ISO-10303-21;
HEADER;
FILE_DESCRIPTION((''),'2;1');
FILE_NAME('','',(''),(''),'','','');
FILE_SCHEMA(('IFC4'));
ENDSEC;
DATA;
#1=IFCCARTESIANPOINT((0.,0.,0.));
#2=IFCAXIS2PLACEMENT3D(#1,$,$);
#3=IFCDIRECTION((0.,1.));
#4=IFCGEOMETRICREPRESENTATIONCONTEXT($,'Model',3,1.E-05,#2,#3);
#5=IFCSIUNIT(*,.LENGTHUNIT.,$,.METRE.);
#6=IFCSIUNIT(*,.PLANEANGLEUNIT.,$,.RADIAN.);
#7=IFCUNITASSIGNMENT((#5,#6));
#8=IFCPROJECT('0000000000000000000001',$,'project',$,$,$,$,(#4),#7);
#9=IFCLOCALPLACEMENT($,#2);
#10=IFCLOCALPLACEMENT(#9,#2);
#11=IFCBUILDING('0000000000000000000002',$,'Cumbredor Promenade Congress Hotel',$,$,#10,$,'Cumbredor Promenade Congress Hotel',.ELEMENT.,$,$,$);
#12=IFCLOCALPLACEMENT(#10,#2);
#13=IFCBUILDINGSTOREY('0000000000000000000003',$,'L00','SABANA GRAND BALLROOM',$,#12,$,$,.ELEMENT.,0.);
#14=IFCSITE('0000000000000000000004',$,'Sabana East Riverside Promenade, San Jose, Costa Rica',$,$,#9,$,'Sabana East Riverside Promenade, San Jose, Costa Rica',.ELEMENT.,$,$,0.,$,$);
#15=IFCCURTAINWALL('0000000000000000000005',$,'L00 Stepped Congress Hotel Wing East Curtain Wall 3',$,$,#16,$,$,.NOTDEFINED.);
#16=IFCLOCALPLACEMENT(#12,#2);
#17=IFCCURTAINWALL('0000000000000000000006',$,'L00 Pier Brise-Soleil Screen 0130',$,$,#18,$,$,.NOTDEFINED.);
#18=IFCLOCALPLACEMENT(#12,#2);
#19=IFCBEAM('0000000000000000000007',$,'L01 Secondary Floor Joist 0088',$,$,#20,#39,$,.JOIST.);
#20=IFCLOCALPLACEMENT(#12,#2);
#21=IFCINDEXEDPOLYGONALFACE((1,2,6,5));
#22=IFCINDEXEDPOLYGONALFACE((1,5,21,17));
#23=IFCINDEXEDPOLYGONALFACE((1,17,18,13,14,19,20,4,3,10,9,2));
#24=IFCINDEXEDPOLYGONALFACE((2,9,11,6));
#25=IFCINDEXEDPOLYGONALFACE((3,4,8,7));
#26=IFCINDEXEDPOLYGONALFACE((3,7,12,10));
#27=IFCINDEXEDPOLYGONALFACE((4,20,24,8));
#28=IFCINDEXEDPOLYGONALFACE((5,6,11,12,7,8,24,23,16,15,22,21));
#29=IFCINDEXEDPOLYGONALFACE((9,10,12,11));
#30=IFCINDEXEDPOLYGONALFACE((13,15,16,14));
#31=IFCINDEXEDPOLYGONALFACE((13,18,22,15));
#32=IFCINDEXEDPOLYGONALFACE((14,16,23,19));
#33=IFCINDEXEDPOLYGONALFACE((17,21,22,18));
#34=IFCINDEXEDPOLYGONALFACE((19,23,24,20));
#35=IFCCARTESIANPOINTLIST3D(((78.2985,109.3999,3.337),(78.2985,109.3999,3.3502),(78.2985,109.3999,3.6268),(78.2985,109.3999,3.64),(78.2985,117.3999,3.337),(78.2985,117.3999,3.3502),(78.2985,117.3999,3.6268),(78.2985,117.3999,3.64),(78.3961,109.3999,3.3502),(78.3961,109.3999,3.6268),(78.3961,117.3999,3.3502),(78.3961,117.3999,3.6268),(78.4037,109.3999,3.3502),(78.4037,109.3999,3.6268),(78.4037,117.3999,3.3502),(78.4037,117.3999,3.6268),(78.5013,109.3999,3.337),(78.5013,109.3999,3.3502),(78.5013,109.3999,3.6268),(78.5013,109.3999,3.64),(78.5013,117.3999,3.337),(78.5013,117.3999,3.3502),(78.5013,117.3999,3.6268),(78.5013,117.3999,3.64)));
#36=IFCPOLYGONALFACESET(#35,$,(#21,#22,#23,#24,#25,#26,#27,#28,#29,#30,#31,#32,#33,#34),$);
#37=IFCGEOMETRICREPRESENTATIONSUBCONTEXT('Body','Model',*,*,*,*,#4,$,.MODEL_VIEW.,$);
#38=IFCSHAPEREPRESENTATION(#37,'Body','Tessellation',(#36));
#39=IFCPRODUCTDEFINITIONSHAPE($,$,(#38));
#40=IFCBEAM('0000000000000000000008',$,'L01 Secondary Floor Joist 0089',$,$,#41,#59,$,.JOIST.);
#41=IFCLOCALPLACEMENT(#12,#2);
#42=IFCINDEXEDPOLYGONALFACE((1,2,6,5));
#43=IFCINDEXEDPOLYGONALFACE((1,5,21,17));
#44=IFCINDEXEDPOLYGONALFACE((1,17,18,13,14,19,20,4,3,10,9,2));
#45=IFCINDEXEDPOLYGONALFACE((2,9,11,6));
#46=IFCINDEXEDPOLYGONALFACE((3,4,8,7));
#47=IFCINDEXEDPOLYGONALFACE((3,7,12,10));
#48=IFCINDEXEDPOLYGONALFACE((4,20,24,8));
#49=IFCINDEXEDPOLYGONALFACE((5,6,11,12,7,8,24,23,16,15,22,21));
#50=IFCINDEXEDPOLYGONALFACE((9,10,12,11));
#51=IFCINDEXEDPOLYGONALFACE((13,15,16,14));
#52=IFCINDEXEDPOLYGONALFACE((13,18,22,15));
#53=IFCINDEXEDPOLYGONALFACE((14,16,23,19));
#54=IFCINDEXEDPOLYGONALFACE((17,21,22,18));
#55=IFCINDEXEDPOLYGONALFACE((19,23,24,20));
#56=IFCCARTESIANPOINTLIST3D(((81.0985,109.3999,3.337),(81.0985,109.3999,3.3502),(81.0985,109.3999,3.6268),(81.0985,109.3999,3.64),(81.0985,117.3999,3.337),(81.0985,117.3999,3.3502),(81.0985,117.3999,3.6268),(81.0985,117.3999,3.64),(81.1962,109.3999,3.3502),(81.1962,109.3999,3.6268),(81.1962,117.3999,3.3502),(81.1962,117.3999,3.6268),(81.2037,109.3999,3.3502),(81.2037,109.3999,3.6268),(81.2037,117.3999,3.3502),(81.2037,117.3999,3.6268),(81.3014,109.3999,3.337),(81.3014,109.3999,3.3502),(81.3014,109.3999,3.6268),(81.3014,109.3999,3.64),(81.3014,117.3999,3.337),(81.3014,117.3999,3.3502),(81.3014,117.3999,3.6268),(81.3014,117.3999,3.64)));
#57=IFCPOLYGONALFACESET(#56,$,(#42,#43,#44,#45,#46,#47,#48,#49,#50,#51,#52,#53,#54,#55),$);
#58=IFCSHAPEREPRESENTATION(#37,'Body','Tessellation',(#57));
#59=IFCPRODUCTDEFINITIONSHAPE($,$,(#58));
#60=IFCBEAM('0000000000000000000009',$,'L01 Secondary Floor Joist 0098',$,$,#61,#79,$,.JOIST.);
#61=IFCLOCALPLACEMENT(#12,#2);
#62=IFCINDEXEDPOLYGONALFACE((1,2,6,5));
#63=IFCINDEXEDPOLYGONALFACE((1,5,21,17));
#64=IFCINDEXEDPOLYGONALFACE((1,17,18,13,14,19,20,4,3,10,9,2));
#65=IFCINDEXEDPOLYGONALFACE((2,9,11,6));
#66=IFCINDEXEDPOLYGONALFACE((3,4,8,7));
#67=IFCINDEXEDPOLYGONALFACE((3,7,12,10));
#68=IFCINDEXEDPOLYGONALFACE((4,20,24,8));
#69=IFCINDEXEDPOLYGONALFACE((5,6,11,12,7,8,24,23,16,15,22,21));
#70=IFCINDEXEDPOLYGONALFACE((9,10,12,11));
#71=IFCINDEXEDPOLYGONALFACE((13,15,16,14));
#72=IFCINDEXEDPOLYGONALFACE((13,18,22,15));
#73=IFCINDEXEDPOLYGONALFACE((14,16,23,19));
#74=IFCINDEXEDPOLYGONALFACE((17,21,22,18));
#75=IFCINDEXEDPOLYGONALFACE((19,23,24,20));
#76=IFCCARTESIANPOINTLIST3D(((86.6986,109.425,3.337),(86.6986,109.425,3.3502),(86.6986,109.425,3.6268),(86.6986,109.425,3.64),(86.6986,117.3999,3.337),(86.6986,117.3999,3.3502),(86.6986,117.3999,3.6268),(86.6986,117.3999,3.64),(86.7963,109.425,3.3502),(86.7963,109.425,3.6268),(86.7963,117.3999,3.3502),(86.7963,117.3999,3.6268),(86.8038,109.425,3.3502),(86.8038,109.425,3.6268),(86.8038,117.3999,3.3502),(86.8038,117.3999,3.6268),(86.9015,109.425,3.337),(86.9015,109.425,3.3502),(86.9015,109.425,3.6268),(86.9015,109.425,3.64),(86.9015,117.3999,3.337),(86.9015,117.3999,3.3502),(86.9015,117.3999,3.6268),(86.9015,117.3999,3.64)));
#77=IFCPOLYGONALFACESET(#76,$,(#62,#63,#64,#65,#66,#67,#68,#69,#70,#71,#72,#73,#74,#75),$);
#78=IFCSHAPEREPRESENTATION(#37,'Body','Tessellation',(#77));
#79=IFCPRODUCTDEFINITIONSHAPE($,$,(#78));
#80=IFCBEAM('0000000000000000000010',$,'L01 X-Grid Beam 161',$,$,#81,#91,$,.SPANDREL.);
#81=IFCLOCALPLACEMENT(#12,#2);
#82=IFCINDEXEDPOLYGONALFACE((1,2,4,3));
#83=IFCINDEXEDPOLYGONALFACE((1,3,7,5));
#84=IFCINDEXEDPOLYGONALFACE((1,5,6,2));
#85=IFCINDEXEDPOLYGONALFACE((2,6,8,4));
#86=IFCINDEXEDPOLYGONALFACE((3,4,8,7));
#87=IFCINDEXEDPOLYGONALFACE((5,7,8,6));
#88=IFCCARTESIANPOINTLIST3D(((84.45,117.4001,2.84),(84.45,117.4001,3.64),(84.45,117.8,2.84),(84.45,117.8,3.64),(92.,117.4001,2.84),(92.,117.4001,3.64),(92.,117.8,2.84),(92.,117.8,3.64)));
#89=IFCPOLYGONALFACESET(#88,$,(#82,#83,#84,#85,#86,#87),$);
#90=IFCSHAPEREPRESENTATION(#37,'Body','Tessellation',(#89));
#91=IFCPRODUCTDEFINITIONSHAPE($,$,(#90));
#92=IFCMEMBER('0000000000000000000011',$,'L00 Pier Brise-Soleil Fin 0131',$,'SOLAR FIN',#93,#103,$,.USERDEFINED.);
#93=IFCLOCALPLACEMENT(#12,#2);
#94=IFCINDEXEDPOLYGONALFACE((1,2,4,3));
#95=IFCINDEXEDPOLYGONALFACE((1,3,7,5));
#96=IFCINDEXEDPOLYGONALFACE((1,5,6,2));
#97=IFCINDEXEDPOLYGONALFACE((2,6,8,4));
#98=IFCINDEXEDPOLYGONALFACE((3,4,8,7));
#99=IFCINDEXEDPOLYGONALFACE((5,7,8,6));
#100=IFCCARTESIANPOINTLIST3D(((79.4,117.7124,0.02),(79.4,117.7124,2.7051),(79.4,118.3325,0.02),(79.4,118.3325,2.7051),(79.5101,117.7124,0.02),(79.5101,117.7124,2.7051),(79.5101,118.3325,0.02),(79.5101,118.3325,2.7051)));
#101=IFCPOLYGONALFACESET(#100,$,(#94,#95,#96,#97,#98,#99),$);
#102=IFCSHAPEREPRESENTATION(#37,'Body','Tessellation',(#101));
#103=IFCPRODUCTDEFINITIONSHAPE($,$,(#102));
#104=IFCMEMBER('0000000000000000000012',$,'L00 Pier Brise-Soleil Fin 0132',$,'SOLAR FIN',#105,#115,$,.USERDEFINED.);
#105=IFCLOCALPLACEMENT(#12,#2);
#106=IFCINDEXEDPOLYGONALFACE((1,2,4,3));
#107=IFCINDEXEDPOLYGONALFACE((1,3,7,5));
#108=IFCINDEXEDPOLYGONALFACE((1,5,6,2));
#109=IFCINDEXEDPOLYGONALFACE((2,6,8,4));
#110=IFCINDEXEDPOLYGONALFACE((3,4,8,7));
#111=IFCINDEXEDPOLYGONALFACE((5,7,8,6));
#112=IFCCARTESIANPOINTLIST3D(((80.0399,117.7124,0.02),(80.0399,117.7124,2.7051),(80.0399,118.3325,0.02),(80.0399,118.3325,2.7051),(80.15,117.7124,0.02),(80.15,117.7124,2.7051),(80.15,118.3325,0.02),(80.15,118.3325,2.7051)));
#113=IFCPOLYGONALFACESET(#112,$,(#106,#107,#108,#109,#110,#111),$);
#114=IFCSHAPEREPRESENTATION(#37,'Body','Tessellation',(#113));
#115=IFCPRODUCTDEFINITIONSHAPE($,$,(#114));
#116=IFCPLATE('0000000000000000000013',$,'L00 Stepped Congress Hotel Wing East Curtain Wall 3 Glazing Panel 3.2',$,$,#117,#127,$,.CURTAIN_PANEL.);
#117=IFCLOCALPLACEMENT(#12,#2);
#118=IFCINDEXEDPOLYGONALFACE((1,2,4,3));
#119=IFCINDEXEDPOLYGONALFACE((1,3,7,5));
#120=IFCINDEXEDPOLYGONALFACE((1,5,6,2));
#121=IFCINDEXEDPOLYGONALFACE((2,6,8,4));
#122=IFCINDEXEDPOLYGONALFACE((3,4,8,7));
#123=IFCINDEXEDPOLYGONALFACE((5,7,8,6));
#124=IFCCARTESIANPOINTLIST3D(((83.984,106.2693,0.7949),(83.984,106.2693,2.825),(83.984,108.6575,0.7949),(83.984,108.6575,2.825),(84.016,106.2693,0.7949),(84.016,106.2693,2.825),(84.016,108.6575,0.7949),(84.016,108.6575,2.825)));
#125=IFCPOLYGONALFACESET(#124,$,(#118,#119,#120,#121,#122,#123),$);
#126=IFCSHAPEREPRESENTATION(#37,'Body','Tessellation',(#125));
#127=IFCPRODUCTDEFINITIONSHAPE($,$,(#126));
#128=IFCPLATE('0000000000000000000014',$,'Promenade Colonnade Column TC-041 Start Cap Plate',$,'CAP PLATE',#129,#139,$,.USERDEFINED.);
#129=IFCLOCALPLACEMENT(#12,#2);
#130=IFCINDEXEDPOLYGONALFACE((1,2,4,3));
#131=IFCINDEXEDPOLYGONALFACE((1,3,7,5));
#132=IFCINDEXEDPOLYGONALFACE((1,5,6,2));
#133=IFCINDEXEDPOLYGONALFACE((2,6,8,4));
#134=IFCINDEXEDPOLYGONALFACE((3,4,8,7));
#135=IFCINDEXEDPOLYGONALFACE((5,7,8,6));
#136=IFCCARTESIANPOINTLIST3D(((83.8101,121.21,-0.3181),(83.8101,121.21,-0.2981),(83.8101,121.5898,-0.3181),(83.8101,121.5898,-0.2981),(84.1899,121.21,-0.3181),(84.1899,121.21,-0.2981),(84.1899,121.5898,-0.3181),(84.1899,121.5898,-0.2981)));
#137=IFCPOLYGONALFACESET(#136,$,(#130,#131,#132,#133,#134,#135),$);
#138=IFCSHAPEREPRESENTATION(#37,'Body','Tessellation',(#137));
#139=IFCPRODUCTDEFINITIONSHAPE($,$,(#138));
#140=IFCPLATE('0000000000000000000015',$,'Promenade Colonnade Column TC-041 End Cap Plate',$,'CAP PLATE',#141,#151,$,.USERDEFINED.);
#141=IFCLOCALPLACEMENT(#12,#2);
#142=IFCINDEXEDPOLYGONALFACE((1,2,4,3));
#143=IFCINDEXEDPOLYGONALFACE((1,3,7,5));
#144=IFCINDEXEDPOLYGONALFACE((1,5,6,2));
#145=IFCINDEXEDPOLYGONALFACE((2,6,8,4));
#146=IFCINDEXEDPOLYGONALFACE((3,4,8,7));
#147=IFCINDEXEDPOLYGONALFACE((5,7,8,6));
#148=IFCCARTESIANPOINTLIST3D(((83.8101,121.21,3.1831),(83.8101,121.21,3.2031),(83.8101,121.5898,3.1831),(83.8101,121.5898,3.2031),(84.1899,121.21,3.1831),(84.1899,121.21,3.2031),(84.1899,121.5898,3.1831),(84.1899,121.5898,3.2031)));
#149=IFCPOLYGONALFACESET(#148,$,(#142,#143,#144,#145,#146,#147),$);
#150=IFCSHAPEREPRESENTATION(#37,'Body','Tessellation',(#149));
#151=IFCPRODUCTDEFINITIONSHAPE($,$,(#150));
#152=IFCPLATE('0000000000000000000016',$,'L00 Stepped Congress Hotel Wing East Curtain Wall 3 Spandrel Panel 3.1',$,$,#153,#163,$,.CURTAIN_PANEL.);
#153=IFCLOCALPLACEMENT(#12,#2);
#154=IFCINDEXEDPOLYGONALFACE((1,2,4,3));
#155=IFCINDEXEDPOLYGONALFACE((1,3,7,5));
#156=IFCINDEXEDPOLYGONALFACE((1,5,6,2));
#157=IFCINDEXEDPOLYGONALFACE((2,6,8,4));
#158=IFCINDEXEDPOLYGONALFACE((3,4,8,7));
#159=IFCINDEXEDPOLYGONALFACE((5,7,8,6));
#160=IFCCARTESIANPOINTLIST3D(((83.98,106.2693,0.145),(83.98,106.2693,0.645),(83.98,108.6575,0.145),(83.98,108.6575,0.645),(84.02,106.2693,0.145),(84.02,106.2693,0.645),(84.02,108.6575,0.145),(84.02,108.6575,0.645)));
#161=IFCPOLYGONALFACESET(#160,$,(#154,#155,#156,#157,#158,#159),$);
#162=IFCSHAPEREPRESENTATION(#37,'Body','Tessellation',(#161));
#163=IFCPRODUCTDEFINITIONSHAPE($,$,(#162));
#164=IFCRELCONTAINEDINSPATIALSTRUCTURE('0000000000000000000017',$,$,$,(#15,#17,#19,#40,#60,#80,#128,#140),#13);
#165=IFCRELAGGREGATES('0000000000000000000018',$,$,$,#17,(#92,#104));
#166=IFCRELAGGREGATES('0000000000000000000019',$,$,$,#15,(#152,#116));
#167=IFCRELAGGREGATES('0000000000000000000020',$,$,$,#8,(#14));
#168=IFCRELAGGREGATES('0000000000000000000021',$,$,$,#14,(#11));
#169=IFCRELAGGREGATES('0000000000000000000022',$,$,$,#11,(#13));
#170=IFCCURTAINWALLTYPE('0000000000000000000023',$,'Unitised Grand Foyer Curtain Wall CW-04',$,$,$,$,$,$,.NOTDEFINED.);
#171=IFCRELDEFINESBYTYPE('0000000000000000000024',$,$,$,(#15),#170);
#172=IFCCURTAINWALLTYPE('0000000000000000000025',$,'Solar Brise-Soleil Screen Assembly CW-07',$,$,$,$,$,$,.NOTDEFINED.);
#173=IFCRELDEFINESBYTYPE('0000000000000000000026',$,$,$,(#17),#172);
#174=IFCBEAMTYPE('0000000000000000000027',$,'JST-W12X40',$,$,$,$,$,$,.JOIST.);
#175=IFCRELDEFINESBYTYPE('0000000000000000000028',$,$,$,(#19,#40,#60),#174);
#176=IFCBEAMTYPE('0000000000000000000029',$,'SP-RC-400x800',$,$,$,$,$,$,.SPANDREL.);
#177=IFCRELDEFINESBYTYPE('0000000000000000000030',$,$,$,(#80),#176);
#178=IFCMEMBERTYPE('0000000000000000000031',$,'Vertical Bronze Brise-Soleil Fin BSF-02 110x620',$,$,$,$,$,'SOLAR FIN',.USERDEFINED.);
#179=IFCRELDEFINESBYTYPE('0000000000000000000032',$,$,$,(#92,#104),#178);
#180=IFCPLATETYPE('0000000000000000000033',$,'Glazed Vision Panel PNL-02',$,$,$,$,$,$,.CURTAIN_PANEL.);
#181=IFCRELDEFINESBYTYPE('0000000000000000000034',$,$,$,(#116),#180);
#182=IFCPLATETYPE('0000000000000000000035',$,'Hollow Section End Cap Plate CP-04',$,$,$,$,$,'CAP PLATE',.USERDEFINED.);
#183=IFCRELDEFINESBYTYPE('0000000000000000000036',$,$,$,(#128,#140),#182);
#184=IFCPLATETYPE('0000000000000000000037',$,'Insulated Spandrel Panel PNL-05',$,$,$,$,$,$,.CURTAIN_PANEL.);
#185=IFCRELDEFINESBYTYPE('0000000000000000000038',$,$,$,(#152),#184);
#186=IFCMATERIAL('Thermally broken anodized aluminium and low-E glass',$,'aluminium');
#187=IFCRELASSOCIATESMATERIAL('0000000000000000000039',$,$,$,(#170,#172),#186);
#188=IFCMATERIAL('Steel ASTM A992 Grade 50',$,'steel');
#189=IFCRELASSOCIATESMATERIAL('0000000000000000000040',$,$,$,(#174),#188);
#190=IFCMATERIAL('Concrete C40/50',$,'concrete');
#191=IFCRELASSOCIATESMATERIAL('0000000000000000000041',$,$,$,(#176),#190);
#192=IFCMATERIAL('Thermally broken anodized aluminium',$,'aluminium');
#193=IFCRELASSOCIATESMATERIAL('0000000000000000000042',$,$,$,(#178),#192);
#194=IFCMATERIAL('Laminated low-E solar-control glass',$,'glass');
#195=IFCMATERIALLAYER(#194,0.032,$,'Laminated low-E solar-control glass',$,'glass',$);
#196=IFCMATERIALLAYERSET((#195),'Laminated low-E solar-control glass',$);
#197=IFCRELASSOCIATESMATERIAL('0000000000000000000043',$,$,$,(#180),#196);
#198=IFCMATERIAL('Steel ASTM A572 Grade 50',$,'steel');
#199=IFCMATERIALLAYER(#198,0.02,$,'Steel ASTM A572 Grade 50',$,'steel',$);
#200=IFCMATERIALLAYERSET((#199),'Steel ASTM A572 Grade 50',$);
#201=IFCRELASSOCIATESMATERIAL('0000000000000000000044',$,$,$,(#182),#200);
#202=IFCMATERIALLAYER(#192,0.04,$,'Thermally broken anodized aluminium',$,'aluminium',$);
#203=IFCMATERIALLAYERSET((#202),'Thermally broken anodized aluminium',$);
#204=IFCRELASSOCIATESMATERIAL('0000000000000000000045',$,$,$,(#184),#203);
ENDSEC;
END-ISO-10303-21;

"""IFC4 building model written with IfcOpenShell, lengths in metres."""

from ifc_helpers import new_model, si_unit, direction, frame, origin, origin_2d, place, context, subcontext, project, spatial, rectangle, i_section, extrude, material, layer, layer_set, material_profile, profile_set, type_object, element, aggregate, save


model = new_model("IFC4")

# Units and contexts
model_context = context("Model", 3, precision=1e-05, world=origin(), true_north=direction((0.0, 1.0)))
body_context = subcontext(model_context, "Body", "Model", "MODEL_VIEW")
ifc_project = project(units=[si_unit("LENGTHUNIT", "METRE"), si_unit("PLANEANGLEUNIT", "RADIAN")], contexts=[model_context])

# Site, building, storey
site_placement = place(None, origin())
site = spatial("IfcSite", under=ifc_project, at=site_placement, Name="Sabana East Riverside Promenade, San Jose, Costa Rica", LongName="Sabana East Riverside Promenade, San Jose, Costa Rica", CompositionType="ELEMENT", RefElevation=0.0)
building_placement = place(site_placement, origin())
building = spatial("IfcBuilding", under=site, at=building_placement, Name="Cumbredor Promenade Congress Hotel", LongName="Cumbredor Promenade Congress Hotel", CompositionType="ELEMENT")
storey_placement = place(building_placement, origin())
storey = spatial("IfcBuildingStorey", under=building, at=storey_placement, Name="L00", Description="SABANA GRAND BALLROOM", CompositionType="ELEMENT", Elevation=0.0)

# Shared definitions
ifc_material_1 = material(Name="Concrete C40/50", Category="concrete")

# Curtain walls
ifc_material_2 = material(Name="Thermally broken anodized aluminium and low-E glass", Category="aluminium")
curtain_wall_type_1 = type_object("IfcCurtainWallType", Name="Unitised Grand Foyer Curtain Wall CW-04", PredefinedType="NOTDEFINED", material=ifc_material_2)
curtain_wall_1_placement = place(storey_placement, origin())
curtain_wall_1 = element("IfcCurtainWall", 1, at=curtain_wall_1_placement, inside=storey, type_object=curtain_wall_type_1, Name="L00 Stepped Congress Hotel Wing East Curtain Wall 3", PredefinedType="NOTDEFINED")
ifc_material_3 = material(Name="Thermally broken anodized aluminium", Category="aluminium")
curtain_wall_type_2 = type_object("IfcCurtainWallType", Name="Solar Brise-Soleil Screen Assembly CW-07", PredefinedType="NOTDEFINED", material=ifc_material_2)
curtain_wall_2_placement = place(storey_placement, origin())
curtain_wall_2 = element("IfcCurtainWall", 2, at=curtain_wall_2_placement, inside=storey, type_object=curtain_wall_type_2, Name="L00 Pier Brise-Soleil Screen 0130", PredefinedType="NOTDEFINED")

# Beams
ifc_material_4 = material(Name="Steel ASTM A992 Grade 50", Category="steel")
ifc_material_profile_1 = material_profile(ifc_material_4, i_section(OverallWidth=0.2029, OverallDepth=0.303, WebThickness=0.0076, FlangeThickness=0.0132, at=origin_2d()), Name="W12X40")
ifc_profile_set_1 = profile_set([ifc_material_profile_1], Name="Steel ASTM A992 Grade 50")
beam_type_1 = type_object("IfcBeamType", Name="JST-W12X40", PredefinedType="JOIST", material=ifc_profile_set_1)
for number, where, z_axis, x_axis, name in (
    (3, (78.3999, 109.3999, 3.4885), (0.0, 1.0, 0.0), (-1.0, 0.0, 0.0), "L01 Secondary Floor Joist 0088"),
    (4, (81.2, 109.3999, 3.4885), (0.0, 1.0, 0.0), (-1.0, 0.0, 0.0), "L01 Secondary Floor Joist 0089"),
):
    element("IfcBeam", number, at=place(storey_placement, frame(where, z_axis=z_axis, x_axis=x_axis)), inside=storey, type_object=beam_type_1, Name=name, PredefinedType="JOIST", context=body_context, shape_type="SweptSolid", body=[
        extrude(i_section(OverallWidth=0.2029, OverallDepth=0.303, WebThickness=0.0076, FlangeThickness=0.0132, at=origin_2d()), origin(), (0.0, 0.0, 1.0), 8.0),
    ])
beam_1_placement = place(storey_placement, frame((86.8, 109.425, 3.4885), z_axis=(0.0, 1.0, 0.0), x_axis=(-1.0, 0.0, 0.0)))
element("IfcBeam", 5, at=beam_1_placement, inside=storey, type_object=beam_type_1, Name="L01 Secondary Floor Joist 0098", PredefinedType="JOIST", context=body_context, shape_type="SweptSolid", body=[
    extrude(i_section(OverallWidth=0.2029, OverallDepth=0.303, WebThickness=0.0076, FlangeThickness=0.0132, at=origin_2d()), origin(), (0.0, 0.0, 1.0), 7.9749),
])
ifc_material_profile_2 = material_profile(ifc_material_1, rectangle(XDim=0.3999, YDim=0.8, at=origin_2d()), Name="RC SPANDREL 400x800")
ifc_profile_set_2 = profile_set([ifc_material_profile_2], Name="Concrete C40/50")
beam_type_2 = type_object("IfcBeamType", Name="SP-RC-400x800", PredefinedType="SPANDREL", material=ifc_profile_set_2)
beam_2_placement = place(storey_placement, frame((84.45, 117.6001, 3.24), z_axis=(1.0, 0.0, 0.0), x_axis=(0.0, 1.0, 0.0)))
element("IfcBeam", 6, at=beam_2_placement, inside=storey, type_object=beam_type_2, Name="L01 X-Grid Beam 161", PredefinedType="SPANDREL", context=body_context, shape_type="SweptSolid", body=[
    extrude(rectangle(XDim=0.3999, YDim=0.8, at=origin_2d()), origin(), (0.0, 0.0, 1.0), 7.55),
])

# Members
ifc_material_profile_3 = material_profile(ifc_material_3, rectangle(XDim=0.1101, YDim=0.6201, at=origin_2d()), Name="ARCH FIN 110x620")
ifc_profile_set_3 = profile_set([ifc_material_profile_3], Name="Thermally broken anodized aluminium")
member_type_1 = type_object("IfcMemberType", Name="Vertical Bronze Brise-Soleil Fin BSF-02 110x620", ElementType="SOLAR FIN", PredefinedType="USERDEFINED", material=ifc_profile_set_3)
member_1_placement = place(storey_placement, frame((79.4551, 118.0225, 0.02), z_axis=(0.0, 0.0, 1.0), x_axis=(1.0, 0.0, 0.0)))
member_1 = element("IfcMember", 7, at=member_1_placement, type_object=member_type_1, Name="L00 Pier Brise-Soleil Fin 0131", ObjectType="SOLAR FIN", PredefinedType="USERDEFINED", context=body_context, shape_type="SweptSolid", body=[
    extrude(rectangle(XDim=0.1101, YDim=0.6201, at=origin_2d()), origin(), (0.0, 0.0, 1.0), 2.6851),
])
member_2_placement = place(storey_placement, frame((80.095, 118.0225, 0.02), z_axis=(0.0, 0.0, 1.0), x_axis=(1.0, 0.0, 0.0)))
member_2 = element("IfcMember", 8, at=member_2_placement, type_object=member_type_1, Name="L00 Pier Brise-Soleil Fin 0132", ObjectType="SOLAR FIN", PredefinedType="USERDEFINED", context=body_context, shape_type="SweptSolid", body=[
    extrude(rectangle(XDim=0.1101, YDim=0.6201, at=origin_2d()), origin(), (0.0, 0.0, 1.0), 2.6851),
])
aggregate(curtain_wall_2, [member_1, member_2])

# Plate
ifc_material_5 = material(Name="Laminated low-E solar-control glass", Category="glass")
ifc_layer_1 = layer(ifc_material_5, 0.032, Name="Laminated low-E solar-control glass", Category="glass")
ifc_layer_set_1 = layer_set([ifc_layer_1], Name="Laminated low-E solar-control glass")
plate_type_1 = type_object("IfcPlateType", Name="Glazed Vision Panel PNL-02", PredefinedType="CURTAIN_PANEL", material=ifc_layer_set_1)
plate_1_placement = place(storey_placement, frame((84.0, 107.4634, 0.7949), z_axis=(0.0, 0.0, 1.0), x_axis=(0.0, 1.0, 0.0)))
plate_1 = element("IfcPlate", 9, at=plate_1_placement, type_object=plate_type_1, Name="L00 Stepped Congress Hotel Wing East Curtain Wall 3 Glazing Panel 3.2", PredefinedType="CURTAIN_PANEL", context=body_context, shape_type="SweptSolid", body=[
    extrude(rectangle(XDim=2.3882, YDim=0.032, at=origin_2d()), origin(), (0.0, 0.0, 1.0), 2.03),
])

# Plates
ifc_material_6 = material(Name="Steel ASTM A572 Grade 50", Category="steel")
ifc_layer_2 = layer(ifc_material_6, 0.02, Name="Steel ASTM A572 Grade 50", Category="steel")
ifc_layer_set_2 = layer_set([ifc_layer_2], Name="Steel ASTM A572 Grade 50")
plate_type_2 = type_object("IfcPlateType", Name="Hollow Section End Cap Plate CP-04", ElementType="CAP PLATE", PredefinedType="USERDEFINED", material=ifc_layer_set_2)
for number, where, z_axis, x_axis, name in (
    (10, (84.0, 121.3999, -0.3181), (0.0, 0.0, 1.0), (1.0, 0.0, 0.0), "Promenade Colonnade Column TC-041 Start Cap Plate"),
    (11, (84.0, 121.3999, 3.1831), (0.0, 0.0, 1.0), (1.0, 0.0, 0.0), "Promenade Colonnade Column TC-041 End Cap Plate"),
):
    element("IfcPlate", number, at=place(storey_placement, frame(where, z_axis=z_axis, x_axis=x_axis)), inside=storey, type_object=plate_type_2, Name=name, ObjectType="CAP PLATE", PredefinedType="USERDEFINED", context=body_context, shape_type="SweptSolid", body=[
        extrude(rectangle(XDim=0.3799, YDim=0.3799, at=origin_2d()), origin(), (0.0, 0.0, 1.0), 0.02),
    ])

# Plate
ifc_layer_3 = layer(ifc_material_3, 0.04, Name="Thermally broken anodized aluminium", Category="aluminium")
ifc_layer_set_3 = layer_set([ifc_layer_3], Name="Thermally broken anodized aluminium")
plate_type_3 = type_object("IfcPlateType", Name="Insulated Spandrel Panel PNL-05", PredefinedType="CURTAIN_PANEL", material=ifc_layer_set_3)
plate_2_placement = place(storey_placement, frame((84.0, 107.4634, 0.145), z_axis=(0.0, 0.0, 1.0), x_axis=(0.0, 1.0, 0.0)))
plate_2 = element("IfcPlate", 12, at=plate_2_placement, type_object=plate_type_3, Name="L00 Stepped Congress Hotel Wing East Curtain Wall 3 Spandrel Panel 3.1", PredefinedType="CURTAIN_PANEL", context=body_context, shape_type="SweptSolid", body=[
    extrude(rectangle(XDim=2.3882, YDim=0.04, at=origin_2d()), origin(), (0.0, 0.0, 1.0), 0.5),
])
aggregate(curtain_wall_1, [plate_2, plate_1])

save(model, "model.ifc")
